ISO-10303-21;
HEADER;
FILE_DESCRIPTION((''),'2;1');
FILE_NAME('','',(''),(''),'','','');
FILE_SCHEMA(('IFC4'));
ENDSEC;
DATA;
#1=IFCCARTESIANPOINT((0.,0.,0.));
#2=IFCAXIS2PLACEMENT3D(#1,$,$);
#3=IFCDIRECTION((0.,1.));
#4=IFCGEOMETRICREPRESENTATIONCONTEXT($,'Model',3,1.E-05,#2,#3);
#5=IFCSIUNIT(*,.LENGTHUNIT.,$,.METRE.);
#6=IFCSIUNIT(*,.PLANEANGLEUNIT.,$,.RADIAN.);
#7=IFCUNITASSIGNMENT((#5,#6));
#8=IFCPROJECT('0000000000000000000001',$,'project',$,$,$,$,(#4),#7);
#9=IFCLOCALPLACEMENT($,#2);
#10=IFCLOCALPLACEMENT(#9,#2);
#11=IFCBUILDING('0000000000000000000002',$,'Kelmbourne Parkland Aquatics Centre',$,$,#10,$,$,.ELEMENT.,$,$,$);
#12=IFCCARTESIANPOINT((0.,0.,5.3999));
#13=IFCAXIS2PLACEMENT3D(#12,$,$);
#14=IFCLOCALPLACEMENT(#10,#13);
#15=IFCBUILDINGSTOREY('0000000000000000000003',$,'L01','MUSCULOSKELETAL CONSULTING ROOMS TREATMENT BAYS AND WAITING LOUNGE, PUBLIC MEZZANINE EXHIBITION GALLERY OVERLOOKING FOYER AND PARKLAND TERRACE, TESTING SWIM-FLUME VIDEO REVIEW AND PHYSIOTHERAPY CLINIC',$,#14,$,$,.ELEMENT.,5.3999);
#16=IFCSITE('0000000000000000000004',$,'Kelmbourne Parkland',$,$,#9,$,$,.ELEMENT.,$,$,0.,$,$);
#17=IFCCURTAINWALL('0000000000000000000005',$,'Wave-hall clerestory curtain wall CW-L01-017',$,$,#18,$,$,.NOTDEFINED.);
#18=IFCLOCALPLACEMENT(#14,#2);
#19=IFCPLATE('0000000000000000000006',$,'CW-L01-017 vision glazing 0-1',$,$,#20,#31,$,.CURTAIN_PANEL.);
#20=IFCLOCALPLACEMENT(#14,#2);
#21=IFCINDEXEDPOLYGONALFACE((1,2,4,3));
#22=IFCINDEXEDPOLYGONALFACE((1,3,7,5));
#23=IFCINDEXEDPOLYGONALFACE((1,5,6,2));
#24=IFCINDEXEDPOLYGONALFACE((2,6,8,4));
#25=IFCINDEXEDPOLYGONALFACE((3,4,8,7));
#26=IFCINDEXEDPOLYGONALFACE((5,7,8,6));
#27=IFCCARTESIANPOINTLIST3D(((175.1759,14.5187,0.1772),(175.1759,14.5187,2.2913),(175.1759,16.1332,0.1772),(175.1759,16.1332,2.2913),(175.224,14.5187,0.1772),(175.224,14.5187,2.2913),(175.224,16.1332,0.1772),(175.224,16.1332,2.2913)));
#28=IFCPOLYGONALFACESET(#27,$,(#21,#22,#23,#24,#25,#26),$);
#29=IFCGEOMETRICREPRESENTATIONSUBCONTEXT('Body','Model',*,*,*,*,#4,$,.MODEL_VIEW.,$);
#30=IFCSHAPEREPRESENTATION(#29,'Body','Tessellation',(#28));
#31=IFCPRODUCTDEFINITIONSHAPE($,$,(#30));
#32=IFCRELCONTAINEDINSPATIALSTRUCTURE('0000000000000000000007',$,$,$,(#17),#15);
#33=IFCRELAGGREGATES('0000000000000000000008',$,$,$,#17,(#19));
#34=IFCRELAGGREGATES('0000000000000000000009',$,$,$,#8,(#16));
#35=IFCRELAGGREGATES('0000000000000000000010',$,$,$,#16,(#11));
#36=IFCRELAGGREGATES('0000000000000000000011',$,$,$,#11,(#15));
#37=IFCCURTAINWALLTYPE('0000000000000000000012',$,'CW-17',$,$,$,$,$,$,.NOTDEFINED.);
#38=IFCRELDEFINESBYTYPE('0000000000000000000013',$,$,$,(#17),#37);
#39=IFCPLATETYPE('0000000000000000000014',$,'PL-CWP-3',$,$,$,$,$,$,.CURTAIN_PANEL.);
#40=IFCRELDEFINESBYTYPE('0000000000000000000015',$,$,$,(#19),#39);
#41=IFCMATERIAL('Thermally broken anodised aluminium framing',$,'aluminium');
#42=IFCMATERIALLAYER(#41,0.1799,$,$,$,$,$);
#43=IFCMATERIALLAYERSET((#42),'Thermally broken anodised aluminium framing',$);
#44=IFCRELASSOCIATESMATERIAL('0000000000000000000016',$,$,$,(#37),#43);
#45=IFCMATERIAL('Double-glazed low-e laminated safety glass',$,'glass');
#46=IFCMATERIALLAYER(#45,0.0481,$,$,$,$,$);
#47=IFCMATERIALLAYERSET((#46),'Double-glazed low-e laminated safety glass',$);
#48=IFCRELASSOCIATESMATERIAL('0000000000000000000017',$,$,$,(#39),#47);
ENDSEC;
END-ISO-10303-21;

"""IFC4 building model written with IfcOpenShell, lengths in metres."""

from ifc_helpers import new_model, si_unit, direction, frame, origin, origin_2d, place, context, subcontext, project, spatial, rectangle, extrude, material, layer, layer_set, type_object, element, aggregate, save


model = new_model("IFC4")

# Units and contexts
model_context = context("Model", 3, precision=1e-05, world=origin(), true_north=direction((0.0, 1.0)))
body_context = subcontext(model_context, "Body", "Model", "MODEL_VIEW")
ifc_project = project(units=[si_unit("LENGTHUNIT", "METRE"), si_unit("PLANEANGLEUNIT", "RADIAN")], contexts=[model_context])

# Site, building, storey
site_placement = place(None, origin())
site = spatial("IfcSite", under=ifc_project, at=site_placement, Name="Kelmbourne Parkland", CompositionType="ELEMENT", RefElevation=0.0)
building_placement = place(site_placement, origin())
building = spatial("IfcBuilding", under=site, at=building_placement, Name="Kelmbourne Parkland Aquatics Centre", CompositionType="ELEMENT")
storey_placement = place(building_placement, frame((0.0, 0.0, 5.3999)))
storey = spatial("IfcBuildingStorey", under=building, at=storey_placement, Name="L01", Description="MUSCULOSKELETAL CONSULTING ROOMS TREATMENT BAYS AND WAITING LOUNGE, PUBLIC MEZZANINE EXHIBITION GALLERY OVERLOOKING FOYER AND PARKLAND TERRACE, TESTING SWIM-FLUME VIDEO REVIEW AND PHYSIOTHERAPY CLINIC", CompositionType="ELEMENT", Elevation=5.3999)

# Shared definitions
ifc_material_1 = material(Name="Thermally broken anodised aluminium framing", Category="aluminium")

# Curtain wall
ifc_layer_1 = layer(ifc_material_1, 0.1799)
ifc_layer_set_1 = layer_set([ifc_layer_1], Name="Thermally broken anodised aluminium framing")
curtain_wall_type_1 = type_object("IfcCurtainWallType", Name="CW-17", PredefinedType="NOTDEFINED", material=ifc_layer_set_1)
curtain_wall_1_placement = place(storey_placement, origin())
curtain_wall_1 = element("IfcCurtainWall", 1, at=curtain_wall_1_placement, inside=storey, type_object=curtain_wall_type_1, Name="Wave-hall clerestory curtain wall CW-L01-017", PredefinedType="NOTDEFINED")

# Plate
ifc_material_2 = material(Name="Double-glazed low-e laminated safety glass", Category="glass")
ifc_layer_2 = layer(ifc_material_2, 0.0481)
ifc_layer_set_2 = layer_set([ifc_layer_2], Name="Double-glazed low-e laminated safety glass")
plate_type_1 = type_object("IfcPlateType", Name="PL-CWP-3", PredefinedType="CURTAIN_PANEL", material=ifc_layer_set_2)
plate_1_placement = place(storey_placement, frame((175.2, 15.3259, 0.1772), z_axis=(0.0, 0.0, 1.0), x_axis=(0.0, 1.0, 0.0)))
plate_1 = element("IfcPlate", 2, at=plate_1_placement, type_object=plate_type_1, Name="CW-L01-017 vision glazing 0-1", PredefinedType="CURTAIN_PANEL", context=body_context, shape_type="SweptSolid", body=[
    extrude(rectangle(XDim=1.6145, YDim=0.0481, at=origin_2d()), origin(), (0.0, 0.0, 1.0), 2.114),
])
aggregate(curtain_wall_1, [plate_1])

save(model, "model.ifc")
